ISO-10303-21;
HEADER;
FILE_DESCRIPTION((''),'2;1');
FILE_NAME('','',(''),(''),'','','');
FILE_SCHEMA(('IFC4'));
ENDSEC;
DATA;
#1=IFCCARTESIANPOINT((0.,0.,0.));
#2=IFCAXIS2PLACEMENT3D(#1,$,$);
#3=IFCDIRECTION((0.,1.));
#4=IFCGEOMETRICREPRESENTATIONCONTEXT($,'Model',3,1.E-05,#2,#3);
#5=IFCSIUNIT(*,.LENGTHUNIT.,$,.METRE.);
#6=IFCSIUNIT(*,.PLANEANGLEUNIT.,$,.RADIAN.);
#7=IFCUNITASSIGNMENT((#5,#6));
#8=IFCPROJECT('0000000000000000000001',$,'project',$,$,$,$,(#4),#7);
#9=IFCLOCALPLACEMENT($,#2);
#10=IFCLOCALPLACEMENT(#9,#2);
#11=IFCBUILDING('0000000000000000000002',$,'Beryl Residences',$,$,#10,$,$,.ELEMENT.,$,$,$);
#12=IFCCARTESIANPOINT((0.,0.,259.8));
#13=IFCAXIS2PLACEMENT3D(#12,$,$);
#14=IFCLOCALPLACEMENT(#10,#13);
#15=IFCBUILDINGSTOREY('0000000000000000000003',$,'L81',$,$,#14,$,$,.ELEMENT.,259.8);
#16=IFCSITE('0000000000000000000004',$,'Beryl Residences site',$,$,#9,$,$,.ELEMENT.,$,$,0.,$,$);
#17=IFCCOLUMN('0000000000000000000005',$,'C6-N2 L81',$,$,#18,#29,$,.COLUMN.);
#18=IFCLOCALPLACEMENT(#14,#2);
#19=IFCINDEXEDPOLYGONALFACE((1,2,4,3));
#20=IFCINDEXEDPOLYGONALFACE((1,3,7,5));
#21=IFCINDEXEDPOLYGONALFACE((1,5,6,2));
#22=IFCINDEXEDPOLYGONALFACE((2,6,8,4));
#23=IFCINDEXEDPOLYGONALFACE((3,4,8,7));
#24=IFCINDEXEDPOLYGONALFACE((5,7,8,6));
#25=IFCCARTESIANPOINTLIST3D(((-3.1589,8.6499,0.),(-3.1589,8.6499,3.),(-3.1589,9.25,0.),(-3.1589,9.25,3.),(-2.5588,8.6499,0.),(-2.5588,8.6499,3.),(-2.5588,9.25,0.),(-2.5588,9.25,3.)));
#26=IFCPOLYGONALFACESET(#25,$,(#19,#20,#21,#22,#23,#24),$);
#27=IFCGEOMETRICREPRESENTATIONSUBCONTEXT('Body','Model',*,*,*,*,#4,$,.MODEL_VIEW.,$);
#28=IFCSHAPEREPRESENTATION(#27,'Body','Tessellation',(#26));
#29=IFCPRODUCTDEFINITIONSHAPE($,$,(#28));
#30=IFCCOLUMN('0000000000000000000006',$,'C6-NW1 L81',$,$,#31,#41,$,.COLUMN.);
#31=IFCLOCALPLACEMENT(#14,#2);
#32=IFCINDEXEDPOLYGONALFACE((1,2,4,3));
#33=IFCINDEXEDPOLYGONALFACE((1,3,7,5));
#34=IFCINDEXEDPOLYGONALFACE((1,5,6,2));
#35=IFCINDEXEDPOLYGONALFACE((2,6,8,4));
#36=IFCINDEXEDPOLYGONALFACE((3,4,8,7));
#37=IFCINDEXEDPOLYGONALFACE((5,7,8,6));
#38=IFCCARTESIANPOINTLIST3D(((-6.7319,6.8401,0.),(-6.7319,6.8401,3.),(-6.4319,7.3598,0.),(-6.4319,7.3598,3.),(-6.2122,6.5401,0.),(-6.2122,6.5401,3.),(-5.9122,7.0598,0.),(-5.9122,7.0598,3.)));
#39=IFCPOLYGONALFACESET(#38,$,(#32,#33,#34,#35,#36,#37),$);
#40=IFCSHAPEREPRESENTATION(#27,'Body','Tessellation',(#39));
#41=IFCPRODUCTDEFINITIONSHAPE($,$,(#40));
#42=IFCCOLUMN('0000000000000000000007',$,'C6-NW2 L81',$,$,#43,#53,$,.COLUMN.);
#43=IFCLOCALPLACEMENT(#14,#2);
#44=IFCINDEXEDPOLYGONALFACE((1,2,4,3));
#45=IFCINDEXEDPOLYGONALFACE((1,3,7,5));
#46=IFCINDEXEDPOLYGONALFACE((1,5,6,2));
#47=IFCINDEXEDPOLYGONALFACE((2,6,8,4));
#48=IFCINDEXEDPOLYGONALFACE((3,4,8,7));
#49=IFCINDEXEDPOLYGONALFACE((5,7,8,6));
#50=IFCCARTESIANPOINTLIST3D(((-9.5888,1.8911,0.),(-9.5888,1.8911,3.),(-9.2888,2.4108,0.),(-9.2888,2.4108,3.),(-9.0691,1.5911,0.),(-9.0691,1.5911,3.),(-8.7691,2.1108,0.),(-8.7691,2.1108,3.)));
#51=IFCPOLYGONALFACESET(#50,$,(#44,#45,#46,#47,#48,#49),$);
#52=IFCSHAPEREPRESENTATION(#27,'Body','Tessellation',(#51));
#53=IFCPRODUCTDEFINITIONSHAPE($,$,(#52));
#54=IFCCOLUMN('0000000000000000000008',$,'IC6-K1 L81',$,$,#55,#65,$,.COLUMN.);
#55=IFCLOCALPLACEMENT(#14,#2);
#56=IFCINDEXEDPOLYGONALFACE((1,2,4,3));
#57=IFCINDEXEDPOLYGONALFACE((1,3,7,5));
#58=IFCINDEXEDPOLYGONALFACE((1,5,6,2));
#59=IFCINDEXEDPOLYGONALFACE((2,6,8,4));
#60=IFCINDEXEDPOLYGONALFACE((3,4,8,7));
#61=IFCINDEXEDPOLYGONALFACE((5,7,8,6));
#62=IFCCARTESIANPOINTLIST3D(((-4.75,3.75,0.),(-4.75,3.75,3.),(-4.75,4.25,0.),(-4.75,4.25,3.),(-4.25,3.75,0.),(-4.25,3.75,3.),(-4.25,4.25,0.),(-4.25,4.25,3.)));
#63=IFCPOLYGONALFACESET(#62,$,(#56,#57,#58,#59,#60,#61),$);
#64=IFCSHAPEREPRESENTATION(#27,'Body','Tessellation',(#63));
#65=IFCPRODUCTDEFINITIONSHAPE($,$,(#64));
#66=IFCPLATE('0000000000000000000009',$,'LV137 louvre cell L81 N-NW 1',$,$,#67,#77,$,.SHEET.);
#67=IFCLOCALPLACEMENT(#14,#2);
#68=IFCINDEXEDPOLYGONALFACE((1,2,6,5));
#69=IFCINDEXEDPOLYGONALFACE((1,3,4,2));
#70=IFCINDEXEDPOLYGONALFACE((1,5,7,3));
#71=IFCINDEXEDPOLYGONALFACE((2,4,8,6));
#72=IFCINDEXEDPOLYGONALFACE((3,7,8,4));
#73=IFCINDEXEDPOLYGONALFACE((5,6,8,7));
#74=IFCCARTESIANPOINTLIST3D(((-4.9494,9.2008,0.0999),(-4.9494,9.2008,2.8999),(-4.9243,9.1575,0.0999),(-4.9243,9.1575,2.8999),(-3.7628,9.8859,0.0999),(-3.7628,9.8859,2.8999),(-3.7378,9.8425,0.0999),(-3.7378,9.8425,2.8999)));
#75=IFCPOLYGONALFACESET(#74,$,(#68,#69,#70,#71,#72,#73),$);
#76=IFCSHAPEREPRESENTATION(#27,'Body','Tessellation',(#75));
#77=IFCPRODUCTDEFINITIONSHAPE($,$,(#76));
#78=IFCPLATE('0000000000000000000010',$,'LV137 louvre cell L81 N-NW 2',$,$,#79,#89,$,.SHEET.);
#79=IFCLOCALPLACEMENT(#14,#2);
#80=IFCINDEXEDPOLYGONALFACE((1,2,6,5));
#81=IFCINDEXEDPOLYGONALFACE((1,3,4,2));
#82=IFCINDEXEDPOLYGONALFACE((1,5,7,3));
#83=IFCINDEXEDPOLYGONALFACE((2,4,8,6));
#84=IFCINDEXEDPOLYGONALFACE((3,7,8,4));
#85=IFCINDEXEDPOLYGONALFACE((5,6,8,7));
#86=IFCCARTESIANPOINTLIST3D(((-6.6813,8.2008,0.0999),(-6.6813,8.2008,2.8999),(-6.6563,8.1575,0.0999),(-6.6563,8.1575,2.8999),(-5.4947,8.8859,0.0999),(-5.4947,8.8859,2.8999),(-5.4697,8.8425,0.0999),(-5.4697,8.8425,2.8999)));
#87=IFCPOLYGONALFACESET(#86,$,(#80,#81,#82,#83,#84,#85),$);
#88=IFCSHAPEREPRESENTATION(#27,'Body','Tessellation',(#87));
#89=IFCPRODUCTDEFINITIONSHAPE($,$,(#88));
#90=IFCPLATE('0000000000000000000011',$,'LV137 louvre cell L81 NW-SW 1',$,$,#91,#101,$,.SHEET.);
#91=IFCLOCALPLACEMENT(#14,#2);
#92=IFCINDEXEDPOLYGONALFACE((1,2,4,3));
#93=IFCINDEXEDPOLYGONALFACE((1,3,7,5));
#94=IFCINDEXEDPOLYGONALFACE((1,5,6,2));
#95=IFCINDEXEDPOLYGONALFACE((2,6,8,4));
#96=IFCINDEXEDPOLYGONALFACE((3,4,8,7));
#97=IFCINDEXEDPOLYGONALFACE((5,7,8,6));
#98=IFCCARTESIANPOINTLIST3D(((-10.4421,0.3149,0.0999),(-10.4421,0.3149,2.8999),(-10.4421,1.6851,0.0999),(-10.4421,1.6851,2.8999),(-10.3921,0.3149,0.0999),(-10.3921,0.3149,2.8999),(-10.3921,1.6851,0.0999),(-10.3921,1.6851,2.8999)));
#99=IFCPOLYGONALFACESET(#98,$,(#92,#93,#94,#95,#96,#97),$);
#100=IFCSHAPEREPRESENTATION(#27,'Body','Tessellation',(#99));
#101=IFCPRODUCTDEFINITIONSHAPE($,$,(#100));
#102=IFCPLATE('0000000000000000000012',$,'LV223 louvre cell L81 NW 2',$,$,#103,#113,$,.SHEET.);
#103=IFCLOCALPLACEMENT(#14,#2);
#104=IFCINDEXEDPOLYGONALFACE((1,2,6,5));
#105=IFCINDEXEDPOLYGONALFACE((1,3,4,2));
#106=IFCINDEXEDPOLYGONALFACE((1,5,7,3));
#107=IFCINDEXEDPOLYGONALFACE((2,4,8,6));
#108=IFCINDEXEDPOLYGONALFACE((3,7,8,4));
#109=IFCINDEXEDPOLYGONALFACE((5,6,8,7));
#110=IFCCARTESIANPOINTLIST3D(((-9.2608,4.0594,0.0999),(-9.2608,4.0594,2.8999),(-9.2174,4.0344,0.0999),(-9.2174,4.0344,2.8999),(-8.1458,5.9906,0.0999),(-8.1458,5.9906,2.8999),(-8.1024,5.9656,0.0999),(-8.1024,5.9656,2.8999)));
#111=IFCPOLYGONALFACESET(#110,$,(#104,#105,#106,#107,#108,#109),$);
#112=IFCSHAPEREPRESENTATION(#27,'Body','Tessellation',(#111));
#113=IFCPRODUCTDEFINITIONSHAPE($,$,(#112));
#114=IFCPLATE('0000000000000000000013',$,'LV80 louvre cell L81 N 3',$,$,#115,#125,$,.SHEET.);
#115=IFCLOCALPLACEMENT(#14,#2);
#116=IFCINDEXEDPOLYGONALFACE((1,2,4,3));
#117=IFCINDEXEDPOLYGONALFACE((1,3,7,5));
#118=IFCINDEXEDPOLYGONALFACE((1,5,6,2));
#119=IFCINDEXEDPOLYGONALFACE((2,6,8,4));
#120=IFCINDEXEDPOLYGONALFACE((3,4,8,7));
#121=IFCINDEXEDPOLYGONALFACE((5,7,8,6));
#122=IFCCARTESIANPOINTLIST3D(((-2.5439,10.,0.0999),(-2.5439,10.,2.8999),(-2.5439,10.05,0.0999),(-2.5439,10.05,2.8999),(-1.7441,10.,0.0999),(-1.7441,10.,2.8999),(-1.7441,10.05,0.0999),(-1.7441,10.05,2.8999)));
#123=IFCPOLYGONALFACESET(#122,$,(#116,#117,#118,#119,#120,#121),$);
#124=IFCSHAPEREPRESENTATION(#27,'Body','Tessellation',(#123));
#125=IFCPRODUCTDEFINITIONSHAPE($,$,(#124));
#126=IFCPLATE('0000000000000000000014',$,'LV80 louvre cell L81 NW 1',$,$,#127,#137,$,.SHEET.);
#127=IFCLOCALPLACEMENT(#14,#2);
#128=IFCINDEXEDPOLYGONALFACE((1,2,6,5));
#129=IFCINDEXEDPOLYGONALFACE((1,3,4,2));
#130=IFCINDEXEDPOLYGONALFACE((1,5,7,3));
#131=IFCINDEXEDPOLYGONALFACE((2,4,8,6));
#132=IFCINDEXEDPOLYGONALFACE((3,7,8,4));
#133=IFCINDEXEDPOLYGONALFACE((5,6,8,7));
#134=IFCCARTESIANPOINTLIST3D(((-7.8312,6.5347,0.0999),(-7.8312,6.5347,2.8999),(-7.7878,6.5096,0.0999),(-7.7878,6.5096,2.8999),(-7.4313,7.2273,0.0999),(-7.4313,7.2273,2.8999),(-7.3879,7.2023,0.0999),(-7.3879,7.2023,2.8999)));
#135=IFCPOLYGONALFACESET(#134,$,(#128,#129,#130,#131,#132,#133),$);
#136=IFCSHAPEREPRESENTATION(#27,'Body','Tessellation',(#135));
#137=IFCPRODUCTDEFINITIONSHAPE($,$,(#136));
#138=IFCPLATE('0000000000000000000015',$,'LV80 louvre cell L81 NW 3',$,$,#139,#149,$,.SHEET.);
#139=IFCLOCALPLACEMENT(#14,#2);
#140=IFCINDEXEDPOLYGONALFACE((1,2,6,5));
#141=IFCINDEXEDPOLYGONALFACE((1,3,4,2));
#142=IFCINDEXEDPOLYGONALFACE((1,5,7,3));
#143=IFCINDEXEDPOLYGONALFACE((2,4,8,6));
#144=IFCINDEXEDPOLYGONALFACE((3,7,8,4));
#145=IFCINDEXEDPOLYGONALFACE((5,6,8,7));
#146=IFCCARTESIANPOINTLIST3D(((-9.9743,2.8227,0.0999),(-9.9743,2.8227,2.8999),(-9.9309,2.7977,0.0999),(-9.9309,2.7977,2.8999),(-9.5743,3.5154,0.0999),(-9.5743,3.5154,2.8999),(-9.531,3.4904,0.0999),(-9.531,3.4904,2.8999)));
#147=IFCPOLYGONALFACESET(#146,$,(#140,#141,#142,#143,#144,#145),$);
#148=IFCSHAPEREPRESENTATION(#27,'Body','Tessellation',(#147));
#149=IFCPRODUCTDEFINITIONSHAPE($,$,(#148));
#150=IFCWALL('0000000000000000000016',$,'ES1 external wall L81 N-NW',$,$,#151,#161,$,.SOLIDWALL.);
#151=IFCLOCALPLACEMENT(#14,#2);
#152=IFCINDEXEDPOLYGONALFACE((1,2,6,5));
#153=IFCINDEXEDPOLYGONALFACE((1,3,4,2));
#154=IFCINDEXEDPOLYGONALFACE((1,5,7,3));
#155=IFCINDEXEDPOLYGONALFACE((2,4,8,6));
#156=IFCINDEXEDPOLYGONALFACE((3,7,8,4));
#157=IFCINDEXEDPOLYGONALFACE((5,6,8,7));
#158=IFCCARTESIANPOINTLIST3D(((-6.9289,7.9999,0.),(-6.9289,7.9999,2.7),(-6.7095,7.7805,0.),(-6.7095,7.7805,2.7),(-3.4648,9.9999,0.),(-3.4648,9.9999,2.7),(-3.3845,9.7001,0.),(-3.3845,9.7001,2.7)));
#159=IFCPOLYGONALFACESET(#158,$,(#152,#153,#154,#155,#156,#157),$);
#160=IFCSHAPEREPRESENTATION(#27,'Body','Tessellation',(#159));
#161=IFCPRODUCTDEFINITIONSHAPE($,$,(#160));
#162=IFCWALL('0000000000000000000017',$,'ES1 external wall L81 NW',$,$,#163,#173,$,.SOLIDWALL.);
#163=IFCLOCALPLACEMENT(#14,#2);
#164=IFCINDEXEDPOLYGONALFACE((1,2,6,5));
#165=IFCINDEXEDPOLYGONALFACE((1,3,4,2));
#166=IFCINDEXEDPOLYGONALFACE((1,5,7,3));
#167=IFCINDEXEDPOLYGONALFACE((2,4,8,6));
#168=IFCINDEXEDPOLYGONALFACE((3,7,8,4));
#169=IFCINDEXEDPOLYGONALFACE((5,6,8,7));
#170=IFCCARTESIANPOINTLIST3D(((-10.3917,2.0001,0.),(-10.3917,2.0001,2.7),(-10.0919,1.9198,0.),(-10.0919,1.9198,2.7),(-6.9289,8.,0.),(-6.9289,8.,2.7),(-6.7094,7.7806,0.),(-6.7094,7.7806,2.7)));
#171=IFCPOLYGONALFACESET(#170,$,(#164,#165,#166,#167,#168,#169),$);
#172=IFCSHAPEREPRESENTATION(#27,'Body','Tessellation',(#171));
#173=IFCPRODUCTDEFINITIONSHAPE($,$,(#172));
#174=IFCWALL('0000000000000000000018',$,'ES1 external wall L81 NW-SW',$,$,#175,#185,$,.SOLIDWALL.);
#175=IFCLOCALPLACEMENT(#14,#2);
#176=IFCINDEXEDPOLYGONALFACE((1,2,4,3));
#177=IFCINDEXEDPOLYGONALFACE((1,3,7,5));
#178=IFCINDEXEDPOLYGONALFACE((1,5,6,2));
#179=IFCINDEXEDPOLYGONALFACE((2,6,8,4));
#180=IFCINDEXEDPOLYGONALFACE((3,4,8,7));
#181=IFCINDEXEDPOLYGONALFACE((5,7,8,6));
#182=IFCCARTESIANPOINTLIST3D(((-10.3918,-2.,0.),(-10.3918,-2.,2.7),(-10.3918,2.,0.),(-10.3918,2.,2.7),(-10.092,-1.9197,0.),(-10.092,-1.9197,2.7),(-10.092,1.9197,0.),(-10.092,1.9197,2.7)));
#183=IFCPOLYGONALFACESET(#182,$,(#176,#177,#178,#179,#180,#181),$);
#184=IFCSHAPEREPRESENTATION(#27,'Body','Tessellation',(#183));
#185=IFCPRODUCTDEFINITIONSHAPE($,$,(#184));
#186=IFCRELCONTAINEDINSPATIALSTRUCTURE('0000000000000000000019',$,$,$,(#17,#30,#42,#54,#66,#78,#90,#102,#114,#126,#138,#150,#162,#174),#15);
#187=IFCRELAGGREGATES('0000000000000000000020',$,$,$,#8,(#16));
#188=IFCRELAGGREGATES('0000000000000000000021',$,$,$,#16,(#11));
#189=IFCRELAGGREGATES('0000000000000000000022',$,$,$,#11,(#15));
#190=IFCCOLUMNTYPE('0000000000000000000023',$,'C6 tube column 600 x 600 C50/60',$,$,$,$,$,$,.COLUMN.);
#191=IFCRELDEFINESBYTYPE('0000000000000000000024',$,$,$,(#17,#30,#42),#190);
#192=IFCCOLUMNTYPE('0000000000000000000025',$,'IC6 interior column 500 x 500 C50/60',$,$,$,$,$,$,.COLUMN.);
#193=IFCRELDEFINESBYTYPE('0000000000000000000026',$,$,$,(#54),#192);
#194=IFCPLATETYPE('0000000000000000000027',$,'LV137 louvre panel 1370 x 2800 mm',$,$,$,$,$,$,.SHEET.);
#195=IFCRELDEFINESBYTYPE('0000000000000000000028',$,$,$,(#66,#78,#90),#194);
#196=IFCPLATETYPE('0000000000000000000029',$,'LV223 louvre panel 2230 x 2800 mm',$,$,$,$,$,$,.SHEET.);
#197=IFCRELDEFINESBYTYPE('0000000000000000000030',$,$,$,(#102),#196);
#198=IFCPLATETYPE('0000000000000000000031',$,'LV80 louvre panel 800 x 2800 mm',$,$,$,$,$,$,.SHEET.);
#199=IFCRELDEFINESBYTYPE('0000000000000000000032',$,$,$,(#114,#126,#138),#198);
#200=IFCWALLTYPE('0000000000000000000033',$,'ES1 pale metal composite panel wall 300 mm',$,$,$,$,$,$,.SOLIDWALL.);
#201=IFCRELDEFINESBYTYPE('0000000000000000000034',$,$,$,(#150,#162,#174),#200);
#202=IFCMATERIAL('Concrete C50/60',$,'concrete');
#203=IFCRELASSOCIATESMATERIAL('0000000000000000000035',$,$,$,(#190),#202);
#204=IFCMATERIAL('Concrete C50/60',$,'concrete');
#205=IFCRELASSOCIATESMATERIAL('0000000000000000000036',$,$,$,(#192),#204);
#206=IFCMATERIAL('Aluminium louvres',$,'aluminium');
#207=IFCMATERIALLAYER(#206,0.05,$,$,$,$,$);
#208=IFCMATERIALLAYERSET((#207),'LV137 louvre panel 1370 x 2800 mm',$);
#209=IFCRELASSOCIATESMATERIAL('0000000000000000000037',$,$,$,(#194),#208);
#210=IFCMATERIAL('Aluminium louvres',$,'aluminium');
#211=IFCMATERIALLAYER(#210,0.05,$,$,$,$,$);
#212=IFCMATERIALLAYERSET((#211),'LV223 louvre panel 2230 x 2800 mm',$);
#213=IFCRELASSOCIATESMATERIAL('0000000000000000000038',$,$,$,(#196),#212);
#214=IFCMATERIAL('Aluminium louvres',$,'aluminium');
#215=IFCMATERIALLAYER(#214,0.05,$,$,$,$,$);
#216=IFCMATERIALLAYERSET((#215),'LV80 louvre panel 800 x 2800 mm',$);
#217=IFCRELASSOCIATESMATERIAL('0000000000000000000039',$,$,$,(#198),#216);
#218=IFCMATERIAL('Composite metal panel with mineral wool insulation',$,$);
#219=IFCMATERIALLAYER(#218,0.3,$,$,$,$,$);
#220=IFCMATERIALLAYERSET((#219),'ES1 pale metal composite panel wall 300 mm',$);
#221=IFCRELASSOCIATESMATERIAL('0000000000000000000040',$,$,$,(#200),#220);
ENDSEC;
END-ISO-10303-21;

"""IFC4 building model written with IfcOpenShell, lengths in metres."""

from ifc_helpers import new_model, si_unit, direction, frame, origin, origin_2d, place, context, subcontext, project, spatial, polyline, rectangle, outline, extrude, source, transform, mapped, material, layer, layer_set, material_profile, profile_set, type_object, type_shapes, element, save


model = new_model("IFC4")

# Units and contexts
model_context = context("Model", 3, precision=1e-05, world=origin(), true_north=direction((0.0, 1.0)))
body_context = subcontext(model_context, "Body", "Model", "MODEL_VIEW")
ifc_project = project(units=[si_unit("LENGTHUNIT", "METRE"), si_unit("PLANEANGLEUNIT", "RADIAN")], contexts=[model_context])

# Site, building, storey
site_placement = place(None, origin())
site = spatial("IfcSite", under=ifc_project, at=site_placement, Name="Beryl Residences site", CompositionType="ELEMENT", RefElevation=0.0)
building_placement = place(site_placement, origin())
building = spatial("IfcBuilding", under=site, at=building_placement, Name="Beryl Residences", CompositionType="ELEMENT")
storey_placement = place(building_placement, frame((0.0, 0.0, 259.8)))
storey = spatial("IfcBuildingStorey", under=building, at=storey_placement, Name="L81", CompositionType="ELEMENT", Elevation=259.8)

# Columns
ifc_material_1 = material(Name="Concrete C50/60", Category="concrete")
ifc_material_profile_1 = material_profile(ifc_material_1, rectangle(XDim=0.6001, YDim=0.6001, at=origin_2d()))
ifc_profile_set_1 = profile_set([ifc_material_profile_1], Name="Concrete C50/60")
column_type_1 = type_object("IfcColumnType", Name="C6 tube column 600 x 600 C50/60", PredefinedType="COLUMN", material=ifc_profile_set_1)
for number, where, z_axis, x_axis, name in (
    (1, (-2.8589, 8.95, 0.0), (0.0, 0.0, 1.0), (-1.0, 0.0, 0.0), "C6-N2 L81"),
    (2, (-6.322, 6.95, 0.0), (0.0, 0.0, 1.0), (-0.49997, -0.866043, 0.0), "C6-NW1 L81"),
    (3, (-9.179, 2.001, 0.0), (0.0, 0.0, 1.0), (-0.49997, -0.866043, 0.0), "C6-NW2 L81"),
):
    element("IfcColumn", number, at=place(storey_placement, frame(where, z_axis=z_axis, x_axis=x_axis)), inside=storey, type_object=column_type_1, Name=name, PredefinedType="COLUMN", context=body_context, shape_type="SweptSolid", body=[
        extrude(rectangle(XDim=0.6001, YDim=0.6001, at=origin_2d()), origin(), (0.0, 0.0, 1.0), 3.0),
    ])
ifc_material_2 = material(Name="Concrete C50/60", Category="concrete")
ifc_material_profile_2 = material_profile(ifc_material_2, rectangle(XDim=0.5, YDim=0.5, at=origin_2d()))
ifc_profile_set_2 = profile_set([ifc_material_profile_2], Name="Concrete C50/60")
column_type_2 = type_object("IfcColumnType", Name="IC6 interior column 500 x 500 C50/60", PredefinedType="COLUMN", material=ifc_profile_set_2)
column_placement = place(storey_placement, frame((-4.5, 4.0, 0.0), z_axis=(0.0, 0.0, 1.0), x_axis=(1.0, 0.0, 0.0)))
element("IfcColumn", 4, at=column_placement, inside=storey, type_object=column_type_2, Name="IC6-K1 L81", PredefinedType="COLUMN", context=body_context, shape_type="SweptSolid", body=[
    extrude(rectangle(XDim=0.5, YDim=0.5, at=origin_2d()), origin(), (0.0, 0.0, 1.0), 3.0),
])

# Plates
ifc_material_3 = material(Name="Aluminium louvres", Category="aluminium")
ifc_layer_1 = layer(ifc_material_3, 0.05)
ifc_layer_set_1 = layer_set([ifc_layer_1], Name="LV137 louvre panel 1370 x 2800 mm")
plate_type_1 = type_object("IfcPlateType", Name="LV137 louvre panel 1370 x 2800 mm", PredefinedType="SHEET", material=ifc_layer_set_1)
shared_shape_1 = source(origin(), body_context, "Body", "SweptSolid", [
    extrude(outline(polyline([(-0.6851, 0.0), (0.6851, 0.0), (0.6851, 0.05), (-0.6851, 0.05), (-0.6851, 0.0)])), origin(), (0.0, 0.0, 1.0), 2.8),
])
type_shapes(plate_type_1, [shared_shape_1])
for number, where, z_axis, x_axis, name in (
    (5, (-4.3311, 9.5, 0.0999), (0.0, 0.0, 1.0), (0.866025, 0.5, 0.0), "LV137 louvre cell L81 N-NW 1"),
    (6, (-6.063, 8.5, 0.0999), (0.0, 0.0, 1.0), (0.866025, 0.5, 0.0), "LV137 louvre cell L81 N-NW 2"),
    (7, (-10.3921, 1.0, 0.0999), (0.0, 0.0, 1.0), (0.0, 1.0, 0.0), "LV137 louvre cell L81 NW-SW 1"),
):
    element("IfcPlate", number, at=place(storey_placement, frame(where, z_axis=z_axis, x_axis=x_axis)), inside=storey, type_object=plate_type_1, Name=name, PredefinedType="SHEET", context=body_context, shape_type="MappedRepresentation", body=[
        mapped(shared_shape_1, transform((0.0, 0.0, 0.0))),
    ])
ifc_material_4 = material(Name="Aluminium louvres", Category="aluminium")
ifc_layer_2 = layer(ifc_material_4, 0.05)
ifc_layer_set_2 = layer_set([ifc_layer_2], Name="LV223 louvre panel 2230 x 2800 mm")
plate_type_2 = type_object("IfcPlateType", Name="LV223 louvre panel 2230 x 2800 mm", PredefinedType="SHEET", material=ifc_layer_set_2)
shared_shape_2 = source(origin(), body_context, "Body", "SweptSolid", [
    extrude(outline(polyline([(-1.115, 0.0), (1.115, 0.0), (1.115, 0.05), (-1.115, 0.05), (-1.115, 0.0)])), origin(), (0.0, 0.0, 1.0), 2.8),
])
type_shapes(plate_type_2, [shared_shape_2])
plate_placement = place(storey_placement, frame((-8.6599, 5.0, 0.0999), z_axis=(0.0, 0.0, 1.0), x_axis=(0.5, 0.866025, 0.0)))
element("IfcPlate", 8, at=plate_placement, inside=storey, type_object=plate_type_2, Name="LV223 louvre cell L81 NW 2", PredefinedType="SHEET", context=body_context, shape_type="MappedRepresentation", body=[
    mapped(shared_shape_2, transform((0.0, 0.0, 0.0))),
])
ifc_material_5 = material(Name="Aluminium louvres", Category="aluminium")
ifc_layer_3 = layer(ifc_material_5, 0.05)
ifc_layer_set_3 = layer_set([ifc_layer_3], Name="LV80 louvre panel 800 x 2800 mm")
plate_type_3 = type_object("IfcPlateType", Name="LV80 louvre panel 800 x 2800 mm", PredefinedType="SHEET", material=ifc_layer_set_3)
shared_shape_3 = source(origin(), body_context, "Body", "SweptSolid", [
    extrude(outline(polyline([(-0.3999, 0.0), (0.3999, 0.0), (0.3999, 0.05), (-0.3999, 0.05), (-0.3999, 0.0)])), origin(), (0.0, 0.0, 1.0), 2.8),
])
type_shapes(plate_type_3, [shared_shape_3])
for number, where, z_axis, x_axis, name in (
    (9, (-2.144, 10.0, 0.0999), (0.0, 0.0, 1.0), (1.0, 0.0, 0.0), "LV80 louvre cell L81 N 3"),
    (10, (-7.5879, 6.856, 0.0999), (0.0, 0.0, 1.0), (0.5, 0.866025, 0.0), "LV80 louvre cell L81 NW 1"),
    (11, (-9.731, 3.144, 0.0999), (0.0, 0.0, 1.0), (0.5, 0.866025, 0.0), "LV80 louvre cell L81 NW 3"),
):
    element("IfcPlate", number, at=place(storey_placement, frame(where, z_axis=z_axis, x_axis=x_axis)), inside=storey, type_object=plate_type_3, Name=name, PredefinedType="SHEET", context=body_context, shape_type="MappedRepresentation", body=[
        mapped(shared_shape_3, transform((0.0, 0.0, 0.0))),
    ])

# Walls
ifc_material_6 = material(Name="Composite metal panel with mineral wool insulation")
ifc_layer_4 = layer(ifc_material_6, 0.3)
ifc_layer_set_4 = layer_set([ifc_layer_4], Name="ES1 pale metal composite panel wall 300 mm")
wall_type = type_object("IfcWallType", Name="ES1 pale metal composite panel wall 300 mm", PredefinedType="SOLIDWALL", material=ifc_layer_set_4)
wall_1_placement = place(storey_placement, frame((-3.3899, 9.8701, 0.0), z_axis=(0.0, 0.0, 1.0), x_axis=(-0.866026, -0.499999, 0.0)))
element("IfcWall", 12, at=wall_1_placement, inside=storey, type_object=wall_type, Name="ES1 external wall L81 N-NW", PredefinedType="SOLIDWALL", context=body_context, shape_type="SweptSolid", body=[
    extrude(outline(polyline([(0.0, -0.1499), (4.0, -0.1499), (3.9197, 0.1499), (0.0803, 0.1499), (0.0, -0.1499)])), origin(), (0.0, 0.0, 1.0), 2.7),
])
wall_2_placement = place(storey_placement, frame((-6.7991, 7.925, 0.0), z_axis=(0.0, 0.0, 1.0), x_axis=(-0.499869, -0.866101, 0.0)))
element("IfcWall", 13, at=wall_2_placement, inside=storey, type_object=wall_type, Name="ES1 external wall L81 NW", PredefinedType="SOLIDWALL", context=body_context, shape_type="SweptSolid", body=[
    extrude(outline(polyline([(0.0, -0.1499), (6.9275, -0.1499), (6.8472, 0.1499), (0.0803, 0.1499), (0.0, -0.1499)])), origin(), (0.0, 0.0, 1.0), 2.7),
])
wall_3_placement = place(storey_placement, frame((-10.2419, 2.0, 0.0), z_axis=(0.0, 0.0, 1.0), x_axis=(0.0, -1.0, 0.0)))
element("IfcWall", 14, at=wall_3_placement, inside=storey, type_object=wall_type, Name="ES1 external wall L81 NW-SW", PredefinedType="SOLIDWALL", context=body_context, shape_type="SweptSolid", body=[
    extrude(outline(polyline([(0.0, -0.1499), (4.0, -0.1499), (3.9197, 0.1499), (0.0803, 0.1499), (0.0, -0.1499)])), origin(), (0.0, 0.0, 1.0), 2.7),
])

save(model, "model.ifc")
